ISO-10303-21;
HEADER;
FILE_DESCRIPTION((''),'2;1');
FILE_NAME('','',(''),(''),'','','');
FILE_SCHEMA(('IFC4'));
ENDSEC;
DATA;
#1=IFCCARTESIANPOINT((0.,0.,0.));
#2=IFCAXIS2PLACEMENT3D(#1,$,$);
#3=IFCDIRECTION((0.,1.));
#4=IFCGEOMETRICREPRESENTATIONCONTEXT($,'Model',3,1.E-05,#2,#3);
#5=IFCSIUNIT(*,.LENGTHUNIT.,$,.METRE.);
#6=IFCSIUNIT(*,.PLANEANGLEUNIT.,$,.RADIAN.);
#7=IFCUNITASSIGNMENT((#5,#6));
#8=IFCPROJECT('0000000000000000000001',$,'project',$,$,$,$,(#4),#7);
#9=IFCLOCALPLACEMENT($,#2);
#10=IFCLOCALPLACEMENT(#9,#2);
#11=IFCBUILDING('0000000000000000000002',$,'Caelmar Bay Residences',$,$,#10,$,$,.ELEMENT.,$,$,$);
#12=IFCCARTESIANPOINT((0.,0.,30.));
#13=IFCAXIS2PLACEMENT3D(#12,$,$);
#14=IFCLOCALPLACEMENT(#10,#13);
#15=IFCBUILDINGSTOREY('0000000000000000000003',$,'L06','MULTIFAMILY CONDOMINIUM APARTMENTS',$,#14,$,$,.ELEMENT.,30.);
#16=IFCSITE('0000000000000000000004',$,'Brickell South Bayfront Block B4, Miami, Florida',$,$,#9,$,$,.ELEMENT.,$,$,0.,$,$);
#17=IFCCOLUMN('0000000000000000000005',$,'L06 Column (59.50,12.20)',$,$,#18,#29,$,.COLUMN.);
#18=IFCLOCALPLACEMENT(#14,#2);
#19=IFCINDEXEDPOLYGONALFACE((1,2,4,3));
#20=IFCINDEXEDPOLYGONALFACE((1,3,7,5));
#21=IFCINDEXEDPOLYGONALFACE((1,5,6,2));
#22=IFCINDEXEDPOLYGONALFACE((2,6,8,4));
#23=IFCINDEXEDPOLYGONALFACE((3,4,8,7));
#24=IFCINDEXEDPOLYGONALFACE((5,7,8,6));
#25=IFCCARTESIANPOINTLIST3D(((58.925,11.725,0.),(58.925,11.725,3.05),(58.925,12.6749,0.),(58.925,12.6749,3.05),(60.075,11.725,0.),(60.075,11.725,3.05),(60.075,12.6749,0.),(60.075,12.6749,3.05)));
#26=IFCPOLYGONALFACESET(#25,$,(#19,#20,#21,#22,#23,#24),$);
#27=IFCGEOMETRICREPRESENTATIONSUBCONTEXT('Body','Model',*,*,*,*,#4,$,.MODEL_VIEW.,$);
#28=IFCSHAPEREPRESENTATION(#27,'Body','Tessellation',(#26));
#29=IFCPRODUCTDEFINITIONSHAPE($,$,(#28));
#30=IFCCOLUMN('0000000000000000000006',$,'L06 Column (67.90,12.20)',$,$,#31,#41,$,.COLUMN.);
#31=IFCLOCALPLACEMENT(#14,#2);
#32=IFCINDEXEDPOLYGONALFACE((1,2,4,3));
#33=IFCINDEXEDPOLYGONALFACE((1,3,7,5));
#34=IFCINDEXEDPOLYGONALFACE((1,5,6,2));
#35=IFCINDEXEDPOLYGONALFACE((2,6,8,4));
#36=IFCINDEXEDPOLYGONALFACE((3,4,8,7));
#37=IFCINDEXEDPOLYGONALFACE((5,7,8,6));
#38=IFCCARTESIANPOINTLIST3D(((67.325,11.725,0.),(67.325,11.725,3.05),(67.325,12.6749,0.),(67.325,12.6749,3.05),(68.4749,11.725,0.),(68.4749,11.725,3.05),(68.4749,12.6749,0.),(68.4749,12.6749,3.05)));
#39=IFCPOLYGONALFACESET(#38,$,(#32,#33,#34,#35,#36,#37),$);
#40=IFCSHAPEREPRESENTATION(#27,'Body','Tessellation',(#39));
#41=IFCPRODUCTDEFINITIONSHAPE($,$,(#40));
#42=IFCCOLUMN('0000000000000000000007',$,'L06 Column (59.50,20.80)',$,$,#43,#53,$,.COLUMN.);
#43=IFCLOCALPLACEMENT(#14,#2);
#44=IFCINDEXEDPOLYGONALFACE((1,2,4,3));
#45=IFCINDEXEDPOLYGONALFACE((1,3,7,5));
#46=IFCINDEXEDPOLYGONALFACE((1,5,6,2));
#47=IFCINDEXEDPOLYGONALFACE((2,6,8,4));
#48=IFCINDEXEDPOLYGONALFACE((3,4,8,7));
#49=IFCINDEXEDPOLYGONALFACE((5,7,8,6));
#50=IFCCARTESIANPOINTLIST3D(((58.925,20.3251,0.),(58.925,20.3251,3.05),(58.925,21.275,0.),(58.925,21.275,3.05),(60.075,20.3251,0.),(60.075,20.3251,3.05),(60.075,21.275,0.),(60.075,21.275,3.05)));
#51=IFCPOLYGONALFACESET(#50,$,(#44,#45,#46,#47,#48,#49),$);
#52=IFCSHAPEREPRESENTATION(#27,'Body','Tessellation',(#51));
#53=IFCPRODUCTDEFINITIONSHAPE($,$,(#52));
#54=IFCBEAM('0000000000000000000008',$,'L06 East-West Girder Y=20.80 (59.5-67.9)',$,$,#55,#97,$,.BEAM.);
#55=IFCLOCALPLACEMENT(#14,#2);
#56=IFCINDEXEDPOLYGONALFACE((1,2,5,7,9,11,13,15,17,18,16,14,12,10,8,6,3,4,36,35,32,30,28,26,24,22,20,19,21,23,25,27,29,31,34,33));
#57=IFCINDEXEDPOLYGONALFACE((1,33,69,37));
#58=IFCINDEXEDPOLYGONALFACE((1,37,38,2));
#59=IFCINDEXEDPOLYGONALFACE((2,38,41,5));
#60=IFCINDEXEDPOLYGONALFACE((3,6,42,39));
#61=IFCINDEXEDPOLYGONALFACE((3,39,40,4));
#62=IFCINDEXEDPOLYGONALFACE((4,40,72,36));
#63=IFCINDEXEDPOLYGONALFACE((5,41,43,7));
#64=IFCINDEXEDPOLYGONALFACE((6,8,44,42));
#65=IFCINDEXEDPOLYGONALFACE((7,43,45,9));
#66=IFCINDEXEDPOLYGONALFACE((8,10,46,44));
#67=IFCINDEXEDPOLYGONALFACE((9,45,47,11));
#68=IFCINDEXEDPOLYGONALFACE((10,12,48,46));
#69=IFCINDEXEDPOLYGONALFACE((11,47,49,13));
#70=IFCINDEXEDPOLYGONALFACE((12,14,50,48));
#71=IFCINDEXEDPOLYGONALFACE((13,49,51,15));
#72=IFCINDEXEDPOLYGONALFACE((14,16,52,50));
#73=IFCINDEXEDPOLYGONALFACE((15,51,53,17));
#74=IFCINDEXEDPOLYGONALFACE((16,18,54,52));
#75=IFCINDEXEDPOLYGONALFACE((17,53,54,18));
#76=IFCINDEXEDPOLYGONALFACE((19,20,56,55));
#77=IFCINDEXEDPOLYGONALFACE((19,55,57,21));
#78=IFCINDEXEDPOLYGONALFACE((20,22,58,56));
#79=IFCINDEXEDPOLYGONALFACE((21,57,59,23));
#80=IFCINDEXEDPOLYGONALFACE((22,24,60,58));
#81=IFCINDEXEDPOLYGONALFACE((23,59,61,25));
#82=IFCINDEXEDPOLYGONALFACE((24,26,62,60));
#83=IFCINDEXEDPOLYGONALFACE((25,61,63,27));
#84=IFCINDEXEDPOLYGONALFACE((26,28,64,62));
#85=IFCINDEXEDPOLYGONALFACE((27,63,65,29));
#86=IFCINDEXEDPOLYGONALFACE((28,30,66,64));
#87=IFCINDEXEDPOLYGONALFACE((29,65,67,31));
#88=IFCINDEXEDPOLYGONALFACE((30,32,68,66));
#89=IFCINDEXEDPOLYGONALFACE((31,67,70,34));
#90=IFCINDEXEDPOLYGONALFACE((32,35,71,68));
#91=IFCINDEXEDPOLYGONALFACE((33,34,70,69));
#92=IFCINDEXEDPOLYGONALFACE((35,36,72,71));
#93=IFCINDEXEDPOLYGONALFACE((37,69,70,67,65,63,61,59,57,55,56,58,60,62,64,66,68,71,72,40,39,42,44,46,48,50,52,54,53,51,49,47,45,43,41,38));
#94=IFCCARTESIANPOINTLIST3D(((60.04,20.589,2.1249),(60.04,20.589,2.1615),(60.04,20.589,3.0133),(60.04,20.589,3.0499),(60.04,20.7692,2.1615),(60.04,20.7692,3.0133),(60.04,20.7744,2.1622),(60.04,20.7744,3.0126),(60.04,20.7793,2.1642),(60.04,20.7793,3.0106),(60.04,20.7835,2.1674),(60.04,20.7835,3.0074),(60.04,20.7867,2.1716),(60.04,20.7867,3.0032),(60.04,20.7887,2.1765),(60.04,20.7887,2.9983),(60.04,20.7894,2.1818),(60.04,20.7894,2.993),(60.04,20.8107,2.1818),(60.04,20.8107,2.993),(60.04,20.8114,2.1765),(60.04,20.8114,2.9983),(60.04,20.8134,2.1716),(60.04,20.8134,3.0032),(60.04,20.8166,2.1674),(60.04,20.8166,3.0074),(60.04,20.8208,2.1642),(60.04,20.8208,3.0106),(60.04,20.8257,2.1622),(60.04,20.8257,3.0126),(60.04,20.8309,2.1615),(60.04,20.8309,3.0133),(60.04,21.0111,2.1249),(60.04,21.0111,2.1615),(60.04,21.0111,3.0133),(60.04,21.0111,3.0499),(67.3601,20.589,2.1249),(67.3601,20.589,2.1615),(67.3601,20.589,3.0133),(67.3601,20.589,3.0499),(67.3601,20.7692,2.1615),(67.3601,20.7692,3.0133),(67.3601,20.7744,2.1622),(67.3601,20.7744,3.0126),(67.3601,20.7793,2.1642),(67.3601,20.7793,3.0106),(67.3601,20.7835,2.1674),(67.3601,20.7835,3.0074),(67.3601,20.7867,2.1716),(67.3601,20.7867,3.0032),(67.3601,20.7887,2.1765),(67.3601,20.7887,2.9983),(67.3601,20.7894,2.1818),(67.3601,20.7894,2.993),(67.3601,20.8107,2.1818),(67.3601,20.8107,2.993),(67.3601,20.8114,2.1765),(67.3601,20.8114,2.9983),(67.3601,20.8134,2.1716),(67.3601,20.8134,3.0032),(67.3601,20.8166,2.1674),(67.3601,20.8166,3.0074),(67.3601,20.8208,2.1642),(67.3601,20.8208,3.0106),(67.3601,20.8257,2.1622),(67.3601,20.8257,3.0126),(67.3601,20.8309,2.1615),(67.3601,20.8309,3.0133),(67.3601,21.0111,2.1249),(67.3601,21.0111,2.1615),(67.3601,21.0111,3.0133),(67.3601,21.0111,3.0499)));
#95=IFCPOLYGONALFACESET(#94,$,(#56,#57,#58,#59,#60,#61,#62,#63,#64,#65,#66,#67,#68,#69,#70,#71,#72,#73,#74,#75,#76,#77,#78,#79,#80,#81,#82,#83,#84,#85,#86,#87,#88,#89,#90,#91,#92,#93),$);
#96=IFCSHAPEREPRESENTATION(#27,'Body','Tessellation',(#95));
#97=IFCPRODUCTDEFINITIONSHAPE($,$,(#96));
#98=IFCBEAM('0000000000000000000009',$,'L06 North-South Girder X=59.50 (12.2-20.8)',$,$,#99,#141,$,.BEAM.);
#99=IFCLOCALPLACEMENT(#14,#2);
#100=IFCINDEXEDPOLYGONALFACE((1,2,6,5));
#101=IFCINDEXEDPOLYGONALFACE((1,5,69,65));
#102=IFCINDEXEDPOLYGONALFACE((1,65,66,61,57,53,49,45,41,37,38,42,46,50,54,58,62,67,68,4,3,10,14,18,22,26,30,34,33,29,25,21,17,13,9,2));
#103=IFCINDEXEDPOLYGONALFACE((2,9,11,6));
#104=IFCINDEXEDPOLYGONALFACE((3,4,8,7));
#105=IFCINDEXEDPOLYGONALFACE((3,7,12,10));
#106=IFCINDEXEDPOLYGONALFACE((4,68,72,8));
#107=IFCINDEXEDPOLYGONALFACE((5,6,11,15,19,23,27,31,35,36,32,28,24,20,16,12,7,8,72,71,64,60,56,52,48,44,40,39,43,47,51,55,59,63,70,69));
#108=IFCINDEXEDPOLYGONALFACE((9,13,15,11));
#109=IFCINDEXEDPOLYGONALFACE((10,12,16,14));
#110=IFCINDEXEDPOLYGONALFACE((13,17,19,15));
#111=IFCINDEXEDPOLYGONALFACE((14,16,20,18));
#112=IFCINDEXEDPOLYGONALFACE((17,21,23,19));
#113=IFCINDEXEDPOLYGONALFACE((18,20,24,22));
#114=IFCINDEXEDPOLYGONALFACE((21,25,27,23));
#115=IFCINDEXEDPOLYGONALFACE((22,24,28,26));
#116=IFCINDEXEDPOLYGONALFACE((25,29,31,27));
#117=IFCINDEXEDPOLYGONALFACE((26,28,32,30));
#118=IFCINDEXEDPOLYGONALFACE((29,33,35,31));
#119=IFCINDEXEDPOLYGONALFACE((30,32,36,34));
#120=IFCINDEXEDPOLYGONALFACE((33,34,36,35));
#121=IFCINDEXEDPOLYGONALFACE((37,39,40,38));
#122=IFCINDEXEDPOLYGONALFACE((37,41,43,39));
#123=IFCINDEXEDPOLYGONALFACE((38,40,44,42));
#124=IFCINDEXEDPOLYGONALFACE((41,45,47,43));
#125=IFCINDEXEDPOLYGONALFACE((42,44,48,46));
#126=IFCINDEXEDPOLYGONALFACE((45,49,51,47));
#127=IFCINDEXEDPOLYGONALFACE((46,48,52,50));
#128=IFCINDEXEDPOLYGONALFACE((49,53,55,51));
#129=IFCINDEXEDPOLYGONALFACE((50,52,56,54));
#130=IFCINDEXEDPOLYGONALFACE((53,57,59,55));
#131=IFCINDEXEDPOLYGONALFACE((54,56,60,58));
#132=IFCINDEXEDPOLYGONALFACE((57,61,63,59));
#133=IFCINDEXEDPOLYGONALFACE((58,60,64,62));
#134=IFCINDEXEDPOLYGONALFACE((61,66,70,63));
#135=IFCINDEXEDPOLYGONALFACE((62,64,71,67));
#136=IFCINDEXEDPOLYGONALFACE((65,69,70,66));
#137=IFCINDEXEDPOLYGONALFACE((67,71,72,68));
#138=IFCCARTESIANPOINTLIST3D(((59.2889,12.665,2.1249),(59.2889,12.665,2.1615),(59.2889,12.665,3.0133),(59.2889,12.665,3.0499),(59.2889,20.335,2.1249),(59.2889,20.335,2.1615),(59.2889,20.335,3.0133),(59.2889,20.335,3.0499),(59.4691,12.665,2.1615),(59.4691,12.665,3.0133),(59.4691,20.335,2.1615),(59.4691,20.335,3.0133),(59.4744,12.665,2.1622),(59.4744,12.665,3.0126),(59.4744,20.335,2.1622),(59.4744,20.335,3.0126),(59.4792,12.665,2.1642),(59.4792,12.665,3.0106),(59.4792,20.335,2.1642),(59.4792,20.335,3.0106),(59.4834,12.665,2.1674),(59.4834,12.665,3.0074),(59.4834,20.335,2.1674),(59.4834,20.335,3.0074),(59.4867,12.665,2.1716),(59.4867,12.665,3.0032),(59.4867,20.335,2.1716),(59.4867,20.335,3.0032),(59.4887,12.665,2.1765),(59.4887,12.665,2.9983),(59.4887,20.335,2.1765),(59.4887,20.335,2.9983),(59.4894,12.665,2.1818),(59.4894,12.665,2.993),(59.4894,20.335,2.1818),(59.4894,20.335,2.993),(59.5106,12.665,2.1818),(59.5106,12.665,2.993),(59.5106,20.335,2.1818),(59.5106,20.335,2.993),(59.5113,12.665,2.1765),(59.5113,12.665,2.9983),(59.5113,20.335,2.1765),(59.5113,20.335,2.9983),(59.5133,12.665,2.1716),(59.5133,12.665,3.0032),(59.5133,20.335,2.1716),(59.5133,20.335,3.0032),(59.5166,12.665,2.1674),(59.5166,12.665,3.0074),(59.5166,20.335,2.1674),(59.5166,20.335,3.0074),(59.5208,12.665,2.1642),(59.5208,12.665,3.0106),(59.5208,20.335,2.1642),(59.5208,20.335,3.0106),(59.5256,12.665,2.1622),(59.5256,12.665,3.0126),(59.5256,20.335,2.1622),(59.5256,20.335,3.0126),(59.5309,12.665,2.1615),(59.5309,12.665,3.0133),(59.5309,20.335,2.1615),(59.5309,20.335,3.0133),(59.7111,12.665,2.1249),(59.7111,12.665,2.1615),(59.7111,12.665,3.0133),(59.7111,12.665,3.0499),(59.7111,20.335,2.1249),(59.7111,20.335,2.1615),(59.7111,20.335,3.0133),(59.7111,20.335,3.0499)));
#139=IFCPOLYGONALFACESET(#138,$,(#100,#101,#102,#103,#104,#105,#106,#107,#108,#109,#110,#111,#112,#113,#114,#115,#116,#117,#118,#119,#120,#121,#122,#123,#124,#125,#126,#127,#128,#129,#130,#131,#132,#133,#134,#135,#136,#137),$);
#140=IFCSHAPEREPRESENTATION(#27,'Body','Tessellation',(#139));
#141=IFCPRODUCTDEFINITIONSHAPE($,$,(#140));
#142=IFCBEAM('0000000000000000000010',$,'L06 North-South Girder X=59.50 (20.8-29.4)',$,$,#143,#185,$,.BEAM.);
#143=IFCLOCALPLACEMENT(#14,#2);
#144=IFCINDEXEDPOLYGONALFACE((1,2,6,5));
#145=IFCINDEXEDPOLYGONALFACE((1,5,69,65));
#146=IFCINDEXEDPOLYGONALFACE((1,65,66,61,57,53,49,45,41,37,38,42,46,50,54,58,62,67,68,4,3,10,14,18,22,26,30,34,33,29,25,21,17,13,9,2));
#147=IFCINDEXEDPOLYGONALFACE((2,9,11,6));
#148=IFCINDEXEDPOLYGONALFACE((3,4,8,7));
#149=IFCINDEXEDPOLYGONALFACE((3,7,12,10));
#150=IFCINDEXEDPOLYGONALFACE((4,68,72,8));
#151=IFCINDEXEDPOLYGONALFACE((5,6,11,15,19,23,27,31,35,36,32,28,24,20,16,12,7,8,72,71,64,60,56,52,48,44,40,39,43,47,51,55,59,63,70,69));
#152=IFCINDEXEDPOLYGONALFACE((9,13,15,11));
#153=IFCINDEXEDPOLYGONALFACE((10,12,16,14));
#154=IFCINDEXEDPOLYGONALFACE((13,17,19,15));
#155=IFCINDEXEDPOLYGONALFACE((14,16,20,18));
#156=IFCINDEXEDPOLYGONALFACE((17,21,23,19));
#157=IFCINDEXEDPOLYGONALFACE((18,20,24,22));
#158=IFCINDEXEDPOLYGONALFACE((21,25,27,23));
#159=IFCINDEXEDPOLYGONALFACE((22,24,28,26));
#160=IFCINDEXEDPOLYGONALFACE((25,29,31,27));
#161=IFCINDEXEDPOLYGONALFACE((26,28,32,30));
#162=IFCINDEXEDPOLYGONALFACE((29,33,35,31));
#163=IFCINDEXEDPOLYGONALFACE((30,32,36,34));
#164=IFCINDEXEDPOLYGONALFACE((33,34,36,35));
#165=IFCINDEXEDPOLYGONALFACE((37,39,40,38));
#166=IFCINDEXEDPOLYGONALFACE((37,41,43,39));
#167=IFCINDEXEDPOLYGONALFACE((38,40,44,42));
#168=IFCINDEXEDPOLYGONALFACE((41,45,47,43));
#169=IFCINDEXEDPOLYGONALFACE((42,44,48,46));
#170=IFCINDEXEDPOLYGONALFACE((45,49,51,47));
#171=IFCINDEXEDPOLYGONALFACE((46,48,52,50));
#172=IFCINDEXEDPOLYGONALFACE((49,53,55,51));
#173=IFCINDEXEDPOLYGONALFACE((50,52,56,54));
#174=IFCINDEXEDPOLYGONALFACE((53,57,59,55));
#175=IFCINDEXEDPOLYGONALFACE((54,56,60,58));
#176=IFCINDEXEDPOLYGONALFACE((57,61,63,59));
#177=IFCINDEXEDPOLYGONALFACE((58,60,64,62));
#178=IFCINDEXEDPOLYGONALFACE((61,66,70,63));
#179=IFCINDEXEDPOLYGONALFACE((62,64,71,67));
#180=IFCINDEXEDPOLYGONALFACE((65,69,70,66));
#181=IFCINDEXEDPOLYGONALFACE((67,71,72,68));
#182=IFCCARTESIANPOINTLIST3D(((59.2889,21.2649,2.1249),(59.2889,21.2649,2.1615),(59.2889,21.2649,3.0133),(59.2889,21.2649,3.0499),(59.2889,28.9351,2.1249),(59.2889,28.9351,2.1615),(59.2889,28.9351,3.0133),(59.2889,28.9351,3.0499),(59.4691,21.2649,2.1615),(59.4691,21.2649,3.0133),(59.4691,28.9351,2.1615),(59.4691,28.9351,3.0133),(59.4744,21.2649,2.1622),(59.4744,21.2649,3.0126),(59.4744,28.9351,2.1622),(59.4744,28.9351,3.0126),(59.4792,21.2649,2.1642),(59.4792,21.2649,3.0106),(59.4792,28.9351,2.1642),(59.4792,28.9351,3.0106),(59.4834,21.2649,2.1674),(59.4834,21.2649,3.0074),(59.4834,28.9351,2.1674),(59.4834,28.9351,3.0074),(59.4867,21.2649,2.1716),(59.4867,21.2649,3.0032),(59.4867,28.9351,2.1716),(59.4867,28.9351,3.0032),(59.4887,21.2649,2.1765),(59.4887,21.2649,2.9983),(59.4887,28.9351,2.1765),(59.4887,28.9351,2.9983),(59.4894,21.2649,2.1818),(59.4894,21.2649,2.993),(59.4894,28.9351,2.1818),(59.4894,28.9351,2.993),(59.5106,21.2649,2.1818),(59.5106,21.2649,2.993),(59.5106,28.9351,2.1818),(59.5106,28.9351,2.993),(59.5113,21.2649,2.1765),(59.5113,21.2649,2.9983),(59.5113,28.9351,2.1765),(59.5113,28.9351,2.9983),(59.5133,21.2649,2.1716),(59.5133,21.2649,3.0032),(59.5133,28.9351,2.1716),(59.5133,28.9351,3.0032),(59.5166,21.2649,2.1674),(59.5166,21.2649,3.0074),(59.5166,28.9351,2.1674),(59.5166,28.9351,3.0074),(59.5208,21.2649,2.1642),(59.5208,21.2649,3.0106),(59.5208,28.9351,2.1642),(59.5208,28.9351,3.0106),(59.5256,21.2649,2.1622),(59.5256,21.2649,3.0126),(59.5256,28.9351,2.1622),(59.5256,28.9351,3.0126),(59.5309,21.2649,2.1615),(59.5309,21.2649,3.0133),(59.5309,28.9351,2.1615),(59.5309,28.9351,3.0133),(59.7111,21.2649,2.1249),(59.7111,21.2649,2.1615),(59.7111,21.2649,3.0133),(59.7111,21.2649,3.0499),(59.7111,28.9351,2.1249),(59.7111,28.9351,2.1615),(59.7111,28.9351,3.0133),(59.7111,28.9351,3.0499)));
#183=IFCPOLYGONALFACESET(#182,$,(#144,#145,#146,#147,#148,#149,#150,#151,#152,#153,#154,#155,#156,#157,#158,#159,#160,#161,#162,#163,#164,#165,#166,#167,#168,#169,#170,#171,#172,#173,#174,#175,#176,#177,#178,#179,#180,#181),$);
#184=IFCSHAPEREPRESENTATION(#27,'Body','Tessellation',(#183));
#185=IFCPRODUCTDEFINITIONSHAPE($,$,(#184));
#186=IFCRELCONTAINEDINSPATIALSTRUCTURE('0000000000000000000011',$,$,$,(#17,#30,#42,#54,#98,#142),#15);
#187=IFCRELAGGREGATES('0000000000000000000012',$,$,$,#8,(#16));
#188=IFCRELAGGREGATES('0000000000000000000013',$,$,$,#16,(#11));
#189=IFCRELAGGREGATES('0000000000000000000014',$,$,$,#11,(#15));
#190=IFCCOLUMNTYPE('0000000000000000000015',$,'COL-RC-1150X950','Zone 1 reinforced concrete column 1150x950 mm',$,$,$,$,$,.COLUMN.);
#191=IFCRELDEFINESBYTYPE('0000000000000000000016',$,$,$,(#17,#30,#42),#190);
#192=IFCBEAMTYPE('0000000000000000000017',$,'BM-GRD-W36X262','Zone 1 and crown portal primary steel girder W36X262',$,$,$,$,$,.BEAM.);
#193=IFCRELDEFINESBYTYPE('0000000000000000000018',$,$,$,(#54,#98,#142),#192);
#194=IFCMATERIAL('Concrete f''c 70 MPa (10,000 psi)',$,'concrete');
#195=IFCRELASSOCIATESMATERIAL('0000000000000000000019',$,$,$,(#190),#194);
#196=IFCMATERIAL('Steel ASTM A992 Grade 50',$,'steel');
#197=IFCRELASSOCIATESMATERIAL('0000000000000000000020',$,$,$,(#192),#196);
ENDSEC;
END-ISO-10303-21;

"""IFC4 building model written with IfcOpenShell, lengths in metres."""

from ifc_helpers import new_model, si_unit, direction, frame, origin, origin_2d, place, context, subcontext, project, spatial, rectangle, i_section, extrude, material, material_profile, profile_set, type_object, element, save


model = new_model("IFC4")

# Units and contexts
model_context = context("Model", 3, precision=1e-05, world=origin(), true_north=direction((0.0, 1.0)))
body_context = subcontext(model_context, "Body", "Model", "MODEL_VIEW")
ifc_project = project(units=[si_unit("LENGTHUNIT", "METRE"), si_unit("PLANEANGLEUNIT", "RADIAN")], contexts=[model_context])

# Site, building, storey
site_placement = place(None, origin())
site = spatial("IfcSite", under=ifc_project, at=site_placement, Name="Brickell South Bayfront Block B4, Miami, Florida", CompositionType="ELEMENT", RefElevation=0.0)
building_placement = place(site_placement, origin())
building = spatial("IfcBuilding", under=site, at=building_placement, Name="Caelmar Bay Residences", CompositionType="ELEMENT")
storey_placement = place(building_placement, frame((0.0, 0.0, 30.0)))
storey = spatial("IfcBuildingStorey", under=building, at=storey_placement, Name="L06", Description="MULTIFAMILY CONDOMINIUM APARTMENTS", CompositionType="ELEMENT", Elevation=30.0)

# Columns
ifc_material_1 = material(Name="Concrete f'c 70 MPa (10,000 psi)", Category="concrete")
ifc_material_profile_1 = material_profile(ifc_material_1, rectangle(XDim=1.1499, YDim=0.95, at=origin_2d()), Name="RC-COL-1150X950")
ifc_profile_set_1 = profile_set([ifc_material_profile_1], Name="Concrete f'c 70 MPa (10,000 psi)")
column_type = type_object("IfcColumnType", Name="COL-RC-1150X950", Description="Zone 1 reinforced concrete column 1150x950 mm", PredefinedType="COLUMN", material=ifc_profile_set_1)
for number, where, z_axis, x_axis, name in (
    (1, (59.5, 12.2, 0.0), (0.0, 0.0, 1.0), (1.0, 0.0, 0.0), "L06 Column (59.50,12.20)"),
    (2, (67.8999, 12.2, 0.0), (0.0, 0.0, 1.0), (1.0, 0.0, 0.0), "L06 Column (67.90,12.20)"),
    (3, (59.5, 20.8, 0.0), (0.0, 0.0, 1.0), (1.0, 0.0, 0.0), "L06 Column (59.50,20.80)"),
):
    element("IfcColumn", number, at=place(storey_placement, frame(where, z_axis=z_axis, x_axis=x_axis)), inside=storey, type_object=column_type, Name=name, PredefinedType="COLUMN", context=body_context, shape_type="SweptSolid", body=[
        extrude(rectangle(XDim=1.1499, YDim=0.95, at=origin_2d()), origin(), (0.0, 0.0, 1.0), 3.05),
    ])

# Beams
ifc_material_2 = material(Name="Steel ASTM A992 Grade 50", Category="steel")
ifc_material_profile_2 = material_profile(ifc_material_2, i_section(OverallWidth=0.4221, OverallDepth=0.925, WebThickness=0.0212, FlangeThickness=0.0366, FilletRadius=0.0203, at=origin_2d()), Name="W36X262")
ifc_profile_set_2 = profile_set([ifc_material_profile_2], Name="Steel ASTM A992 Grade 50")
beam_type_1 = type_object("IfcBeamType", Name="BM-GRD-W36X262", Description="Zone 1 and crown portal primary steel girder W36X262", PredefinedType="BEAM", material=ifc_profile_set_2)
beam_1_placement = place(storey_placement, frame((60.04, 20.8, 2.5874), z_axis=(1.0, 0.0, 0.0), x_axis=(0.0, 1.0, 0.0)))
element("IfcBeam", 4, at=beam_1_placement, inside=storey, type_object=beam_type_1, Name="L06 East-West Girder Y=20.80 (59.5-67.9)", PredefinedType="BEAM", context=body_context, shape_type="SweptSolid", body=[
    extrude(i_section(OverallWidth=0.4221, OverallDepth=0.925, WebThickness=0.0212, FlangeThickness=0.0366, FilletRadius=0.0203, at=origin_2d()), origin(), (0.0, 0.0, 1.0), 7.3201),
])
beam_2_placement = place(storey_placement, frame((59.5, 12.665, 2.5874), z_axis=(0.0, 1.0, 0.0), x_axis=(-1.0, 0.0, 0.0)))
element("IfcBeam", 5, at=beam_2_placement, inside=storey, type_object=beam_type_1, Name="L06 North-South Girder X=59.50 (12.2-20.8)", PredefinedType="BEAM", context=body_context, shape_type="SweptSolid", body=[
    extrude(i_section(OverallWidth=0.4221, OverallDepth=0.925, WebThickness=0.0212, FlangeThickness=0.0366, FilletRadius=0.0203, at=origin_2d()), origin(), (0.0, 0.0, 1.0), 7.6699),
])
beam_3_placement = place(storey_placement, frame((59.5, 21.2649, 2.5874), z_axis=(0.0, 1.0, 0.0), x_axis=(-1.0, 0.0, 0.0)))
element("IfcBeam", 6, at=beam_3_placement, inside=storey, type_object=beam_type_1, Name="L06 North-South Girder X=59.50 (20.8-29.4)", PredefinedType="BEAM", context=body_context, shape_type="SweptSolid", body=[
    extrude(i_section(OverallWidth=0.4221, OverallDepth=0.925, WebThickness=0.0212, FlangeThickness=0.0366, FilletRadius=0.0203, at=origin_2d()), origin(), (0.0, 0.0, 1.0), 7.6702),
])

save(model, "model.ifc")
